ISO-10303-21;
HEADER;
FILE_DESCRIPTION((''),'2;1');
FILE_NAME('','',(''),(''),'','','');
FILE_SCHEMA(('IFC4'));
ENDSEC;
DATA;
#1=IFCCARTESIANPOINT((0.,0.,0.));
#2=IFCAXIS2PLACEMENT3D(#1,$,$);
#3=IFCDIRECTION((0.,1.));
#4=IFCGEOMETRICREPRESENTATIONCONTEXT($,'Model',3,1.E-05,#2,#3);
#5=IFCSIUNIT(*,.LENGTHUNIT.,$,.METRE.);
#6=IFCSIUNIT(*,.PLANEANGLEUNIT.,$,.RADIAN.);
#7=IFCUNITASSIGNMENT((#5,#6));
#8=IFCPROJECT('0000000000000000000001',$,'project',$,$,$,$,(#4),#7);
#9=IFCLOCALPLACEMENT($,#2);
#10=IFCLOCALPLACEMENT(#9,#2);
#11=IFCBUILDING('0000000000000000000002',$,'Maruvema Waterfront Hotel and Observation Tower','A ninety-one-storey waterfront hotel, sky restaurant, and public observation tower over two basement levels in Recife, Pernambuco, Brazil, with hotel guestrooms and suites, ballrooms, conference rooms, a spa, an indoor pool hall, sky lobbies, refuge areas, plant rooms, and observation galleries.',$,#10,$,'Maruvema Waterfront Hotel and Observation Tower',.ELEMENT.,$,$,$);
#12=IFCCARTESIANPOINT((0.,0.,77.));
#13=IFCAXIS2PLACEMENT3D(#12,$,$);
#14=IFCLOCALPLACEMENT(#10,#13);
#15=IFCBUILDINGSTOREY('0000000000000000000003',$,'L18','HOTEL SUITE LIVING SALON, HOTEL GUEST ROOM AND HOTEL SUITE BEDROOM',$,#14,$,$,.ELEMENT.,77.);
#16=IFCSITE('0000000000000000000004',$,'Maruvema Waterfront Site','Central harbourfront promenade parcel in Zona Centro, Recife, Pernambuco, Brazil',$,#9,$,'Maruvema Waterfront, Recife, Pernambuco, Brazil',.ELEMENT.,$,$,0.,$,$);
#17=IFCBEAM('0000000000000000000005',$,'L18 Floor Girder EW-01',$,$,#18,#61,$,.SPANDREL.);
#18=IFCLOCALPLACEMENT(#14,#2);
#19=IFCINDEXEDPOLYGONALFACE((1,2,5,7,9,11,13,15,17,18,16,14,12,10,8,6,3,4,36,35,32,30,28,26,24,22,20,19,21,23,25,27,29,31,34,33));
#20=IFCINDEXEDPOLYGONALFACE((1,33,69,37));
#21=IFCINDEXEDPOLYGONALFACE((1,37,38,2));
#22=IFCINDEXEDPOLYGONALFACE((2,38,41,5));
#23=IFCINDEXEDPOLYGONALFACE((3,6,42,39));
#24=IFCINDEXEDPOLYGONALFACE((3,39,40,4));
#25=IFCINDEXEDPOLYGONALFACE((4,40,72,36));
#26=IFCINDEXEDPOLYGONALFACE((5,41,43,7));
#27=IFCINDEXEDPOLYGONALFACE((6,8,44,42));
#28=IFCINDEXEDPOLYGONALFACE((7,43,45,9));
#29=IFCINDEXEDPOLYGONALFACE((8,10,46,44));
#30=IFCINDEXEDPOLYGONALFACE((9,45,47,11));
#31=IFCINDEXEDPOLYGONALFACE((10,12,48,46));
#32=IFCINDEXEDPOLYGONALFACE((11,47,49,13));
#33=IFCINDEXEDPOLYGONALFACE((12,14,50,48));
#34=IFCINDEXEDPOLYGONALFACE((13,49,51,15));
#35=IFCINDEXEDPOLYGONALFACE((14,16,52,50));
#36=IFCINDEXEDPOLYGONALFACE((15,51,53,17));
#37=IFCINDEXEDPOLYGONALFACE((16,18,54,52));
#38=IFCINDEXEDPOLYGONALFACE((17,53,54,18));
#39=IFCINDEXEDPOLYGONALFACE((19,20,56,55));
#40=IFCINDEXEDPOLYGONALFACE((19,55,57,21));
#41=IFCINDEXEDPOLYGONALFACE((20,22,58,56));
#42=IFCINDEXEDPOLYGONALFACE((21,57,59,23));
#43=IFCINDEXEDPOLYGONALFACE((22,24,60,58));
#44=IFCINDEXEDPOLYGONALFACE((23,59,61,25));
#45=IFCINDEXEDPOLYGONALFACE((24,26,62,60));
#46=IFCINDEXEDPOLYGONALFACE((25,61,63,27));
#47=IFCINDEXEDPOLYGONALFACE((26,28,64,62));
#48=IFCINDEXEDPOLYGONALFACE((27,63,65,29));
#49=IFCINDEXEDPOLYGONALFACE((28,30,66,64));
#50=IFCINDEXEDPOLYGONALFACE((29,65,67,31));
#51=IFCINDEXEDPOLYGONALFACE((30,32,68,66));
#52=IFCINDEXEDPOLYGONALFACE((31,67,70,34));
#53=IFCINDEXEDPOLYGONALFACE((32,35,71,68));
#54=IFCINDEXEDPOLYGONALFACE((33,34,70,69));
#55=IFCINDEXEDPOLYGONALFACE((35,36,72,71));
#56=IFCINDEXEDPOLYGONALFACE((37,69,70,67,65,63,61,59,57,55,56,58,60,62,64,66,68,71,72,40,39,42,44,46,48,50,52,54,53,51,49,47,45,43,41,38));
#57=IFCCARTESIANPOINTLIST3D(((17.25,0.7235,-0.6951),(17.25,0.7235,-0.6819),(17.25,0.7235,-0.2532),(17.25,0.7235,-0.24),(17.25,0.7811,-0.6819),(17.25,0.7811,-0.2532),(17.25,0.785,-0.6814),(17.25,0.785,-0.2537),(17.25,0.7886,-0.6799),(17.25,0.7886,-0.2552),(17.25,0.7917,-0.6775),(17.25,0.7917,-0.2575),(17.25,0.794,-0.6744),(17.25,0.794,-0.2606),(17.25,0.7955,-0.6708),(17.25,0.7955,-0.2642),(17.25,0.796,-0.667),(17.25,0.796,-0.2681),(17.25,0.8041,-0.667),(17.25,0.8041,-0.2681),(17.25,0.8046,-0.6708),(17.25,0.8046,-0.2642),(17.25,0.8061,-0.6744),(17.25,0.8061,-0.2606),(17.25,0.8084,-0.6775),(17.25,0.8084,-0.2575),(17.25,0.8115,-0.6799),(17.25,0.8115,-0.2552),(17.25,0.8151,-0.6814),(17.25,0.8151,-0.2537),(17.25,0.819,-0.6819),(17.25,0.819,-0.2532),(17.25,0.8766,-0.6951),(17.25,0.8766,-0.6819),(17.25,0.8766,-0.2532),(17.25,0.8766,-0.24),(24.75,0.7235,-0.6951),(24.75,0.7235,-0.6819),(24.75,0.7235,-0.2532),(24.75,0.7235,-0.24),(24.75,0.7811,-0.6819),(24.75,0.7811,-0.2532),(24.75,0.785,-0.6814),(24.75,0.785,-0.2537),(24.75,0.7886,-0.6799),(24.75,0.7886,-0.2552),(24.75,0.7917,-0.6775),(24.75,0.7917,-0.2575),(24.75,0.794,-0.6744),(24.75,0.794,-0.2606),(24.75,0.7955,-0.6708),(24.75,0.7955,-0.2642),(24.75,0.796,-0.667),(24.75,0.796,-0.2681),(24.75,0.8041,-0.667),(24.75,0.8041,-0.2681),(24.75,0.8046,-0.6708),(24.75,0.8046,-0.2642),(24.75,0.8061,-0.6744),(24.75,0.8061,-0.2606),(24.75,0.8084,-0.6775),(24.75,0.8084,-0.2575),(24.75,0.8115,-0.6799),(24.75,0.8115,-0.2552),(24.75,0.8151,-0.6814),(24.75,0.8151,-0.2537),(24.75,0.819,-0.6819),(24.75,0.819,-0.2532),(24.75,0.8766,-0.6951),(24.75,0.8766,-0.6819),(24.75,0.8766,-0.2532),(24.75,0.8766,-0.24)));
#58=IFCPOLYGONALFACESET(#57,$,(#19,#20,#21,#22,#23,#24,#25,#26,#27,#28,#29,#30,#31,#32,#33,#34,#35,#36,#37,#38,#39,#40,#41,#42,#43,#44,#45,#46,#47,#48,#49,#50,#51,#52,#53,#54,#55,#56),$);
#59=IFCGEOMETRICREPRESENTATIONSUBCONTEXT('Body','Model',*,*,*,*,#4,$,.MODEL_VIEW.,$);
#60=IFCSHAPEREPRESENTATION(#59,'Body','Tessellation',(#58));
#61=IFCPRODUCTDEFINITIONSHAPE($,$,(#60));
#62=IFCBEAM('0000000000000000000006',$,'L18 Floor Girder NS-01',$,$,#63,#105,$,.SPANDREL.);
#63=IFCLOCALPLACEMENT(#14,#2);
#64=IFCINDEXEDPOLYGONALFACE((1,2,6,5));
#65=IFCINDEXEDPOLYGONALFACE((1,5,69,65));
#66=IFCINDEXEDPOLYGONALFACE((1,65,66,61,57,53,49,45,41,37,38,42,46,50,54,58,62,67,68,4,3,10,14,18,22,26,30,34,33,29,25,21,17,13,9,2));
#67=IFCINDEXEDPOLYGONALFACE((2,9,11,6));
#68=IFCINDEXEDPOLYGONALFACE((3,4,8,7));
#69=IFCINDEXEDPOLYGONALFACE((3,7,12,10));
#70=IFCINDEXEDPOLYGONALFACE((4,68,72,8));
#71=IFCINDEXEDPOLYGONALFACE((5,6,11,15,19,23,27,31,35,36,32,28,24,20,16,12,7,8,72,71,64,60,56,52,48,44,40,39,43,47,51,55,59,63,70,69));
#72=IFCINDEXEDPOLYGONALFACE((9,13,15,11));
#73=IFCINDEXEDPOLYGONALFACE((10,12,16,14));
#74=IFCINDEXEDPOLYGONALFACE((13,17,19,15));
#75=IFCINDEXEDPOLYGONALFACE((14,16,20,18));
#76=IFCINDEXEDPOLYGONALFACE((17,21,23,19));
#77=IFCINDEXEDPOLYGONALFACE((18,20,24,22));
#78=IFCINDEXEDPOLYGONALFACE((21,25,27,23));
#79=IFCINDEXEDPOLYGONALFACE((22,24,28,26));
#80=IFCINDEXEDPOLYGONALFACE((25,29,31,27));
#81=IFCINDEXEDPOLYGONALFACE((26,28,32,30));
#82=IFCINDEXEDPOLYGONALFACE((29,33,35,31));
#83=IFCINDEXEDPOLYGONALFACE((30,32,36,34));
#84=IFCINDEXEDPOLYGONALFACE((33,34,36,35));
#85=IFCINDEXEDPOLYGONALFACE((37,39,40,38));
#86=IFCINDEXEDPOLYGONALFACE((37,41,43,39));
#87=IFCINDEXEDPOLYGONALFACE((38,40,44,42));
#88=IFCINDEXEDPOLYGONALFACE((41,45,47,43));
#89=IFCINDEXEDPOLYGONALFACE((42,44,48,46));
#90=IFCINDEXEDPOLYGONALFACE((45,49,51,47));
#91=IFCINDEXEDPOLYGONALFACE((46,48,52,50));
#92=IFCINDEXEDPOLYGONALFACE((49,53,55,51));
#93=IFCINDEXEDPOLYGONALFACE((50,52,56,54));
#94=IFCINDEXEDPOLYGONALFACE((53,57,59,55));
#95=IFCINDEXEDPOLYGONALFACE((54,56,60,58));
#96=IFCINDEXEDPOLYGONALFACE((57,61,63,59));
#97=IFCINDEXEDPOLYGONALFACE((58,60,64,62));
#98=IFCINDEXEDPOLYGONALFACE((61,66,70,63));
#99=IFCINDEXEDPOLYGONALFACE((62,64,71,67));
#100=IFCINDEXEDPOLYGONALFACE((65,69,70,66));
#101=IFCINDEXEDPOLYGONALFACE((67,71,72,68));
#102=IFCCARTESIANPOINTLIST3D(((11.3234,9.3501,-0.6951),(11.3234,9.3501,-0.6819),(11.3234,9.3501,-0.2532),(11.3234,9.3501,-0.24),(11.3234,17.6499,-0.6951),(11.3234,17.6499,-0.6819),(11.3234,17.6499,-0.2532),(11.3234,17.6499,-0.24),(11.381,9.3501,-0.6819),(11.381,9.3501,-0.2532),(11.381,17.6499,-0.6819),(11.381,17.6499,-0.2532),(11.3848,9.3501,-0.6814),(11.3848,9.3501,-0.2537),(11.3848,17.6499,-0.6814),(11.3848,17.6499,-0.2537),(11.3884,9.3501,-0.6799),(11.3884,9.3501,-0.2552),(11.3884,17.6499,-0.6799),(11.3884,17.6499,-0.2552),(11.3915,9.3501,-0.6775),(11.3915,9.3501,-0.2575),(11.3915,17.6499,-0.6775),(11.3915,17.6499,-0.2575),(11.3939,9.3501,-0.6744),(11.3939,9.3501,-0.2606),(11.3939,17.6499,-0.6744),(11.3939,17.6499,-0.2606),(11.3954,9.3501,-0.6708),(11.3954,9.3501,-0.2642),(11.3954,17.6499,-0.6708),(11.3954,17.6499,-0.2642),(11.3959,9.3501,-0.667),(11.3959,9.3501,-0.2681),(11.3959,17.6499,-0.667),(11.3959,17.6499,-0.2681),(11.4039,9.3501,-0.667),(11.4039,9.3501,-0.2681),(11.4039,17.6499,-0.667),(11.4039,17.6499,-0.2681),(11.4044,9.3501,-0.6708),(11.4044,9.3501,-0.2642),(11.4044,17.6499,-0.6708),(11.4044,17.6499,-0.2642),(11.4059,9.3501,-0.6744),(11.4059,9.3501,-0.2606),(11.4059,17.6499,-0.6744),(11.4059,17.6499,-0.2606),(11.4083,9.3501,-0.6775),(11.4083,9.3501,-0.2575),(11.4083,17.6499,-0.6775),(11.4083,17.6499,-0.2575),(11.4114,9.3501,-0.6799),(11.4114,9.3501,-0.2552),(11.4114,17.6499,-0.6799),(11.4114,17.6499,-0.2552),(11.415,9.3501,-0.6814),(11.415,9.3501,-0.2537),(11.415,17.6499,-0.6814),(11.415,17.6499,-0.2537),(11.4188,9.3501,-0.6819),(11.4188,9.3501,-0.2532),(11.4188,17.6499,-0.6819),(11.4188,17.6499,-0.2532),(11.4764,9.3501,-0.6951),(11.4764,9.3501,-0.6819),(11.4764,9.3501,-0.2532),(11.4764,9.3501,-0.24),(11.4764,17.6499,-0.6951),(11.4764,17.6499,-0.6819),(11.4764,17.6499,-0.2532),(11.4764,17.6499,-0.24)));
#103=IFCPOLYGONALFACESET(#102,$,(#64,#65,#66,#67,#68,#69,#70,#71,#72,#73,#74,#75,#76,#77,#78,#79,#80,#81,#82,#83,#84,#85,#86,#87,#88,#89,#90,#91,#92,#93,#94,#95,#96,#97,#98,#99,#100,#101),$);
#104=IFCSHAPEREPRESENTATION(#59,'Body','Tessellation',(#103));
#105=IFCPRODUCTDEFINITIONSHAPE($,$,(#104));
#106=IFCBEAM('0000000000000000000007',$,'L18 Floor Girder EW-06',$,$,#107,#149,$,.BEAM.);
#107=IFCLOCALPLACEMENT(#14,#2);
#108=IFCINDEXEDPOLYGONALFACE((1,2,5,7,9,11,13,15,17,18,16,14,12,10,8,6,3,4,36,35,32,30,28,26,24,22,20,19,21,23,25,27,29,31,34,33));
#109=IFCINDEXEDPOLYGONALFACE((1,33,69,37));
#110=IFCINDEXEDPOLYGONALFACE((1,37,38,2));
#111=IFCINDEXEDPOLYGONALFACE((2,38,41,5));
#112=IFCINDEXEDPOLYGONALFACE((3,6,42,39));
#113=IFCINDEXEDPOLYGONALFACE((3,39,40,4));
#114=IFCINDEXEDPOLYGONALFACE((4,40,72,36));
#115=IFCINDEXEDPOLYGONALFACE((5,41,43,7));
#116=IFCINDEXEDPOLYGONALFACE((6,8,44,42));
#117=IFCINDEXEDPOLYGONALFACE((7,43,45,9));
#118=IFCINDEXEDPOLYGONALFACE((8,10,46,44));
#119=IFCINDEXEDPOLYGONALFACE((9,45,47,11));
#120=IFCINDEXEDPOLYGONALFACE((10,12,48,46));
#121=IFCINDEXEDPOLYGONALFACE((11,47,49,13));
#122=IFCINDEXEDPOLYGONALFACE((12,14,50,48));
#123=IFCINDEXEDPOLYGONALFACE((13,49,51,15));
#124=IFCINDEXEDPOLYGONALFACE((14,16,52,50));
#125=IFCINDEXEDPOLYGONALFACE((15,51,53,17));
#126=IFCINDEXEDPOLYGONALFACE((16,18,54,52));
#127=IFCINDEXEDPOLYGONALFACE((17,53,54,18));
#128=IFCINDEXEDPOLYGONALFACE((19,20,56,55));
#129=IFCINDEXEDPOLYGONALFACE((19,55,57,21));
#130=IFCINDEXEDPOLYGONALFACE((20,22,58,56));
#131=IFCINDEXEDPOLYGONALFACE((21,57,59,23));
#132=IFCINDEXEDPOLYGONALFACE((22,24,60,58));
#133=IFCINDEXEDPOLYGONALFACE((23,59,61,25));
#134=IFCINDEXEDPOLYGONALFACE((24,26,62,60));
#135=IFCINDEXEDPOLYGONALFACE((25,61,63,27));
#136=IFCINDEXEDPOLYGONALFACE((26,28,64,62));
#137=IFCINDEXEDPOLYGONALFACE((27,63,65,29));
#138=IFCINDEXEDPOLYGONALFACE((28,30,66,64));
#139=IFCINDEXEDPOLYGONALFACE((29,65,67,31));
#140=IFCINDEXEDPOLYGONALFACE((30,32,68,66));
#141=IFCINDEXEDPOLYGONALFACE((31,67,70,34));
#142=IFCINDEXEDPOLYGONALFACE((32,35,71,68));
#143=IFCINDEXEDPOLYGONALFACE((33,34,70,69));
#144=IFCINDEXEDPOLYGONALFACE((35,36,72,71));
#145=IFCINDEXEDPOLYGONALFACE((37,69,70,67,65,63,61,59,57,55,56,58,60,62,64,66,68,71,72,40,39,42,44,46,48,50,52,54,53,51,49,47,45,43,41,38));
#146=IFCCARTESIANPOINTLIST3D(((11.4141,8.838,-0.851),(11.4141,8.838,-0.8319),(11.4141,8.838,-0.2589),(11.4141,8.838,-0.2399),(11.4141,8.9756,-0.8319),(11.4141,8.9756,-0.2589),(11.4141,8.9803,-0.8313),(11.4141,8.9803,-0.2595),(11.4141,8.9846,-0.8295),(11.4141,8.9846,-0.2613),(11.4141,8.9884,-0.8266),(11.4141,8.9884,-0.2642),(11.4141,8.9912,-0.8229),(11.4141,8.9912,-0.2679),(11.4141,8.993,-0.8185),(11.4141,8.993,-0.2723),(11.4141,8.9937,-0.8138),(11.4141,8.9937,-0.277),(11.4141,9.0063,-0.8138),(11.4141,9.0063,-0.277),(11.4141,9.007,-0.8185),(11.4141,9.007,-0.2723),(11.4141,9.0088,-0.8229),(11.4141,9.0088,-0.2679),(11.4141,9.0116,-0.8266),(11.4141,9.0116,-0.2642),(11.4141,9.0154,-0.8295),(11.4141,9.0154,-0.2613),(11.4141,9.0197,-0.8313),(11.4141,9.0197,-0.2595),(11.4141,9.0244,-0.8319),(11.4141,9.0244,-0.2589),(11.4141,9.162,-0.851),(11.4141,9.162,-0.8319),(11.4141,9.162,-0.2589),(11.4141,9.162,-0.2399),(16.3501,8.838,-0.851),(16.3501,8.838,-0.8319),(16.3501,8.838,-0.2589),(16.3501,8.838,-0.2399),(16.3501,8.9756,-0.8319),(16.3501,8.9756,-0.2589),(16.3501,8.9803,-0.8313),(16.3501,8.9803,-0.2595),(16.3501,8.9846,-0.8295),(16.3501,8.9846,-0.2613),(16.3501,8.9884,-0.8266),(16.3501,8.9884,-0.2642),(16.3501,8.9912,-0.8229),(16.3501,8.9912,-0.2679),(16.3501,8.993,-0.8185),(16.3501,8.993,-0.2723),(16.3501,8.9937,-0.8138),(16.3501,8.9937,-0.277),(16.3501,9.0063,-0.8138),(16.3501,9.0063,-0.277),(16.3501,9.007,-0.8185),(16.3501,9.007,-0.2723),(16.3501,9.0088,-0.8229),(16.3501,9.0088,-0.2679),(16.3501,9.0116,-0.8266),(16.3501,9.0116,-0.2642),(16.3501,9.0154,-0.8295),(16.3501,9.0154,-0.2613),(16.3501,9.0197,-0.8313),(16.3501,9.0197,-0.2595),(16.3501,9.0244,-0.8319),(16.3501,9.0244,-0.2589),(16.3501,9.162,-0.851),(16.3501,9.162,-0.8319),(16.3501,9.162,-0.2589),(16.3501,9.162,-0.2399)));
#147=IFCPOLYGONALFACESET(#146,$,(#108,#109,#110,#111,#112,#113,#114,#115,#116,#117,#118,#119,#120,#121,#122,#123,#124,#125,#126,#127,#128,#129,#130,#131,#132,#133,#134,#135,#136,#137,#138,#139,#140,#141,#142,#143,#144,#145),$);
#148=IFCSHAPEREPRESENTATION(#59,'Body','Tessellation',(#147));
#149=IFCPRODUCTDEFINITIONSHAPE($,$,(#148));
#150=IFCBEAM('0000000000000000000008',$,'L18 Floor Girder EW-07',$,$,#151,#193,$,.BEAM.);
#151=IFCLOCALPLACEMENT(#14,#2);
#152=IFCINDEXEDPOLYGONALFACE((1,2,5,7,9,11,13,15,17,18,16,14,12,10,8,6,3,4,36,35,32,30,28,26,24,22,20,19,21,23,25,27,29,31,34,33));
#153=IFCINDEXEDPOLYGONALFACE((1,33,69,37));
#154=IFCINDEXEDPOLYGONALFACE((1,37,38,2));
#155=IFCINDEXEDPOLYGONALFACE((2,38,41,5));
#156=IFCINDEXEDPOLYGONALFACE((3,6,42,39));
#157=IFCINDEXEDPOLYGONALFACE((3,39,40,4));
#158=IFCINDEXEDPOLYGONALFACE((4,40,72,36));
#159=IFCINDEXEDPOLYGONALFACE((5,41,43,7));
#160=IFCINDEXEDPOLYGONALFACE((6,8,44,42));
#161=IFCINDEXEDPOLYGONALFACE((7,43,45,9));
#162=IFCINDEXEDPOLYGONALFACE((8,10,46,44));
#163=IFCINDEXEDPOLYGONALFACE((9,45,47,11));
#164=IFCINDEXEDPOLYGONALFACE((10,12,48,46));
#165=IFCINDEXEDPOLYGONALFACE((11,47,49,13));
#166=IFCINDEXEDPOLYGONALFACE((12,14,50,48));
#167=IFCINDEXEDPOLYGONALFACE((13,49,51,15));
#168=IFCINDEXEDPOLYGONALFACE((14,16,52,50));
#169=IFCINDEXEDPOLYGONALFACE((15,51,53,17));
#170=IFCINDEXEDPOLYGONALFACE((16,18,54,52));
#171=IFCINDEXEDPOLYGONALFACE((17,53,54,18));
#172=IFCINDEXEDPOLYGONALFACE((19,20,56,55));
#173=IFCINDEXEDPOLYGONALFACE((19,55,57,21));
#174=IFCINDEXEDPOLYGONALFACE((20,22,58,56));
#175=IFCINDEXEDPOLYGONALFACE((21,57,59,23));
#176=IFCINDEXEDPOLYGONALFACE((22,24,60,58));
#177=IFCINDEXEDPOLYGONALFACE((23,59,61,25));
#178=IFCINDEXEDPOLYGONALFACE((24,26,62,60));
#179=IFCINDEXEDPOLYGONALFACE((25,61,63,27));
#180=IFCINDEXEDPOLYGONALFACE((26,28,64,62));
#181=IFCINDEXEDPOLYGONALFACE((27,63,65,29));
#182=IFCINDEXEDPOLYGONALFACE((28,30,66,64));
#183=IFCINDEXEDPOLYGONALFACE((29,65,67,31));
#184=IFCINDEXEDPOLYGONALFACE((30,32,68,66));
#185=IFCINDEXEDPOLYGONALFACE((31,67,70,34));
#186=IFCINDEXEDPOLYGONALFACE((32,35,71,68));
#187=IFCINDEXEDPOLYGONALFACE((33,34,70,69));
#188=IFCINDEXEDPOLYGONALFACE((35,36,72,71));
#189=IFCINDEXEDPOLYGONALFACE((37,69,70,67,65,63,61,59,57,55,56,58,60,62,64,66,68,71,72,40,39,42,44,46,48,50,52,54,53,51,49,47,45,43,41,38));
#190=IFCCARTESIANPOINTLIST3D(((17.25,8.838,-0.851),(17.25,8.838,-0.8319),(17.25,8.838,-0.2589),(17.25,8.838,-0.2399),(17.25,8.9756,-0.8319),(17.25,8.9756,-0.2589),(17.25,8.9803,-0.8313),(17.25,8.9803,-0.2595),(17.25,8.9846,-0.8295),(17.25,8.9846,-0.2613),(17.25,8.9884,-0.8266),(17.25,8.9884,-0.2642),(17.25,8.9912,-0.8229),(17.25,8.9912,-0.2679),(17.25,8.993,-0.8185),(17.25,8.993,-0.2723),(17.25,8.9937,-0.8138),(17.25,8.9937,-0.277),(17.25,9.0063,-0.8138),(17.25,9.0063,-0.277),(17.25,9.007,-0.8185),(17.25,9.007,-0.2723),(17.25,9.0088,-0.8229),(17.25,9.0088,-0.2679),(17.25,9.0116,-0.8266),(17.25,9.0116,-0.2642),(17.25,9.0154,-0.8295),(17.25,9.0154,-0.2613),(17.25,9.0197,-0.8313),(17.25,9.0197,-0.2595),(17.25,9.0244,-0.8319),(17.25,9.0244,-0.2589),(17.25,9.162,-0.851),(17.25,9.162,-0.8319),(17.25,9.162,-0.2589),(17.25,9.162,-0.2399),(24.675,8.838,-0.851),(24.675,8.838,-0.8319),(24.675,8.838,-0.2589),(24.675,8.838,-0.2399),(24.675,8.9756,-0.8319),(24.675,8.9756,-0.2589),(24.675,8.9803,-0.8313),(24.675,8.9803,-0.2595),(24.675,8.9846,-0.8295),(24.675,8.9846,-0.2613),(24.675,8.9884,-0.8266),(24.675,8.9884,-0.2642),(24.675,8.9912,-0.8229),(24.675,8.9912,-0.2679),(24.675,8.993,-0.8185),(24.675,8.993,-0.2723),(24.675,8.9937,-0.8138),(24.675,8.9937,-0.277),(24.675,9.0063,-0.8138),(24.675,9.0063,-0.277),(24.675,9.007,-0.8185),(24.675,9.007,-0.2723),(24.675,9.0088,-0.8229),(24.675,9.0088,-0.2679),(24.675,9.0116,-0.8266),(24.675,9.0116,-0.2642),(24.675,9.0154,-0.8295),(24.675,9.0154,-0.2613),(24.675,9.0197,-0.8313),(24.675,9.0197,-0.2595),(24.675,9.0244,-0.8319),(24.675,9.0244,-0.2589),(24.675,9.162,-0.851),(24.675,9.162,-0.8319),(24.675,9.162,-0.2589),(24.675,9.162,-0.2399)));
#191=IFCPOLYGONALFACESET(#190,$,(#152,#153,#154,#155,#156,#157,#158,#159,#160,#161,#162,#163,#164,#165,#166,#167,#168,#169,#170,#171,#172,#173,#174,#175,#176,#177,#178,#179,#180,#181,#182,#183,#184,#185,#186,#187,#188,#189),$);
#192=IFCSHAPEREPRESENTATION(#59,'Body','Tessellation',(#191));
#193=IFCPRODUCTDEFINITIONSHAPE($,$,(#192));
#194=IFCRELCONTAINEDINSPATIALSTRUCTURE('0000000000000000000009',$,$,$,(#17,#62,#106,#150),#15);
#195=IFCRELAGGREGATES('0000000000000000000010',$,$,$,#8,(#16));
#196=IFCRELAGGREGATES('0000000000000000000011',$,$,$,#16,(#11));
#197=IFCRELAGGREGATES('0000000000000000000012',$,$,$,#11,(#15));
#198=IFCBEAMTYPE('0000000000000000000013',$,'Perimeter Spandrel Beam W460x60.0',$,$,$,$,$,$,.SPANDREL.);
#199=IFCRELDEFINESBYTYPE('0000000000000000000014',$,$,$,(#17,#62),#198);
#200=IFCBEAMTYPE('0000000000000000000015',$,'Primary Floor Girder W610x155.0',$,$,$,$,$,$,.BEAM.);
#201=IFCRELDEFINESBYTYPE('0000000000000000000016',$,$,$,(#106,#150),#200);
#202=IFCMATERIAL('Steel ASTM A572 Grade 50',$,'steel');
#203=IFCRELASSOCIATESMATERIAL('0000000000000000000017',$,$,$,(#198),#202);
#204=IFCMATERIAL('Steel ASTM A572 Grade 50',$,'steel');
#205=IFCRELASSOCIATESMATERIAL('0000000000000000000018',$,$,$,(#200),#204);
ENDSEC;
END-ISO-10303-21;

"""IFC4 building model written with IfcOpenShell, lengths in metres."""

from ifc_helpers import new_model, si_unit, direction, frame, origin, origin_2d, place, context, subcontext, project, spatial, i_section, extrude, material, material_profile, profile_set, type_object, element, save


model = new_model("IFC4")

# Units and contexts
model_context = context("Model", 3, precision=1e-05, world=origin(), true_north=direction((0.0, 1.0)))
body_context = subcontext(model_context, "Body", "Model", "MODEL_VIEW")
ifc_project = project(units=[si_unit("LENGTHUNIT", "METRE"), si_unit("PLANEANGLEUNIT", "RADIAN")], contexts=[model_context])

# Site, building, storey
site_placement = place(None, origin())
site = spatial("IfcSite", under=ifc_project, at=site_placement, Name="Maruvema Waterfront Site", Description="Central harbourfront promenade parcel in Zona Centro, Recife, Pernambuco, Brazil", LongName="Maruvema Waterfront, Recife, Pernambuco, Brazil", CompositionType="ELEMENT", RefElevation=0.0)
building_placement = place(site_placement, origin())
building = spatial("IfcBuilding", under=site, at=building_placement, Name="Maruvema Waterfront Hotel and Observation Tower", Description="A ninety-one-storey waterfront hotel, sky restaurant, and public observation tower over two basement levels in Recife, Pernambuco, Brazil, with hotel guestrooms and suites, ballrooms, conference rooms, a spa, an indoor pool hall, sky lobbies, refuge areas, plant rooms, and observation galleries.", LongName="Maruvema Waterfront Hotel and Observation Tower", CompositionType="ELEMENT")
storey_placement = place(building_placement, frame((0.0, 0.0, 77.0)))
storey = spatial("IfcBuildingStorey", under=building, at=storey_placement, Name="L18", Description="HOTEL SUITE LIVING SALON, HOTEL GUEST ROOM AND HOTEL SUITE BEDROOM", CompositionType="ELEMENT", Elevation=77.0)

# Beams
ifc_material_1 = material(Name="Steel ASTM A572 Grade 50", Category="steel")
ifc_material_profile_1 = material_profile(ifc_material_1, i_section(OverallWidth=0.1531, OverallDepth=0.4551, WebThickness=0.0081, FlangeThickness=0.0132, FilletRadius=0.0149, at=origin_2d()), Name="W460x60.0")
ifc_profile_set_1 = profile_set([ifc_material_profile_1], Name="Steel ASTM A572 Grade 50")
beam_type_1 = type_object("IfcBeamType", Name="Perimeter Spandrel Beam W460x60.0", PredefinedType="SPANDREL", material=ifc_profile_set_1)
beam_1_placement = place(storey_placement, frame((17.25, 0.8, -0.4675), z_axis=(1.0, 0.0, 0.0), x_axis=(0.0, 1.0, 0.0)))
element("IfcBeam", 1, at=beam_1_placement, inside=storey, type_object=beam_type_1, Name="L18 Floor Girder EW-01", PredefinedType="SPANDREL", context=body_context, shape_type="SweptSolid", body=[
    extrude(i_section(OverallWidth=0.1531, OverallDepth=0.4551, WebThickness=0.0081, FlangeThickness=0.0132, FilletRadius=0.0149, at=origin_2d()), origin(), (0.0, 0.0, 1.0), 7.5),
])
beam_2_placement = place(storey_placement, frame((11.3999, 9.3501, -0.4675), z_axis=(0.0, 1.0, 0.0), x_axis=(-1.0, 0.0, 0.0)))
element("IfcBeam", 2, at=beam_2_placement, inside=storey, type_object=beam_type_1, Name="L18 Floor Girder NS-01", PredefinedType="SPANDREL", context=body_context, shape_type="SweptSolid", body=[
    extrude(i_section(OverallWidth=0.1531, OverallDepth=0.4551, WebThickness=0.0081, FlangeThickness=0.0132, FilletRadius=0.0149, at=origin_2d()), origin(), (0.0, 0.0, 1.0), 8.2998),
])
ifc_material_2 = material(Name="Steel ASTM A572 Grade 50", Category="steel")
ifc_material_profile_2 = material_profile(ifc_material_2, i_section(OverallWidth=0.324, OverallDepth=0.6111, WebThickness=0.0127, FlangeThickness=0.019, FilletRadius=0.0181, at=origin_2d()), Name="W610x155.0")
ifc_profile_set_2 = profile_set([ifc_material_profile_2], Name="Steel ASTM A572 Grade 50")
beam_type_2 = type_object("IfcBeamType", Name="Primary Floor Girder W610x155.0", PredefinedType="BEAM", material=ifc_profile_set_2)
beam_3_placement = place(storey_placement, frame((11.4141, 9.0, -0.5454), z_axis=(1.0, 0.0, 0.0), x_axis=(0.0, 1.0, 0.0)))
element("IfcBeam", 3, at=beam_3_placement, inside=storey, type_object=beam_type_2, Name="L18 Floor Girder EW-06", PredefinedType="BEAM", context=body_context, shape_type="SweptSolid", body=[
    extrude(i_section(OverallWidth=0.324, OverallDepth=0.6111, WebThickness=0.0127, FlangeThickness=0.019, FilletRadius=0.0181, at=origin_2d()), origin(), (0.0, 0.0, 1.0), 4.936),
])
beam_4_placement = place(storey_placement, frame((17.25, 9.0, -0.5454), z_axis=(1.0, 0.0, 0.0), x_axis=(0.0, 1.0, 0.0)))
element("IfcBeam", 4, at=beam_4_placement, inside=storey, type_object=beam_type_2, Name="L18 Floor Girder EW-07", PredefinedType="BEAM", context=body_context, shape_type="SweptSolid", body=[
    extrude(i_section(OverallWidth=0.324, OverallDepth=0.6111, WebThickness=0.0127, FlangeThickness=0.019, FilletRadius=0.0181, at=origin_2d()), origin(), (0.0, 0.0, 1.0), 7.425),
])

save(model, "model.ifc")
